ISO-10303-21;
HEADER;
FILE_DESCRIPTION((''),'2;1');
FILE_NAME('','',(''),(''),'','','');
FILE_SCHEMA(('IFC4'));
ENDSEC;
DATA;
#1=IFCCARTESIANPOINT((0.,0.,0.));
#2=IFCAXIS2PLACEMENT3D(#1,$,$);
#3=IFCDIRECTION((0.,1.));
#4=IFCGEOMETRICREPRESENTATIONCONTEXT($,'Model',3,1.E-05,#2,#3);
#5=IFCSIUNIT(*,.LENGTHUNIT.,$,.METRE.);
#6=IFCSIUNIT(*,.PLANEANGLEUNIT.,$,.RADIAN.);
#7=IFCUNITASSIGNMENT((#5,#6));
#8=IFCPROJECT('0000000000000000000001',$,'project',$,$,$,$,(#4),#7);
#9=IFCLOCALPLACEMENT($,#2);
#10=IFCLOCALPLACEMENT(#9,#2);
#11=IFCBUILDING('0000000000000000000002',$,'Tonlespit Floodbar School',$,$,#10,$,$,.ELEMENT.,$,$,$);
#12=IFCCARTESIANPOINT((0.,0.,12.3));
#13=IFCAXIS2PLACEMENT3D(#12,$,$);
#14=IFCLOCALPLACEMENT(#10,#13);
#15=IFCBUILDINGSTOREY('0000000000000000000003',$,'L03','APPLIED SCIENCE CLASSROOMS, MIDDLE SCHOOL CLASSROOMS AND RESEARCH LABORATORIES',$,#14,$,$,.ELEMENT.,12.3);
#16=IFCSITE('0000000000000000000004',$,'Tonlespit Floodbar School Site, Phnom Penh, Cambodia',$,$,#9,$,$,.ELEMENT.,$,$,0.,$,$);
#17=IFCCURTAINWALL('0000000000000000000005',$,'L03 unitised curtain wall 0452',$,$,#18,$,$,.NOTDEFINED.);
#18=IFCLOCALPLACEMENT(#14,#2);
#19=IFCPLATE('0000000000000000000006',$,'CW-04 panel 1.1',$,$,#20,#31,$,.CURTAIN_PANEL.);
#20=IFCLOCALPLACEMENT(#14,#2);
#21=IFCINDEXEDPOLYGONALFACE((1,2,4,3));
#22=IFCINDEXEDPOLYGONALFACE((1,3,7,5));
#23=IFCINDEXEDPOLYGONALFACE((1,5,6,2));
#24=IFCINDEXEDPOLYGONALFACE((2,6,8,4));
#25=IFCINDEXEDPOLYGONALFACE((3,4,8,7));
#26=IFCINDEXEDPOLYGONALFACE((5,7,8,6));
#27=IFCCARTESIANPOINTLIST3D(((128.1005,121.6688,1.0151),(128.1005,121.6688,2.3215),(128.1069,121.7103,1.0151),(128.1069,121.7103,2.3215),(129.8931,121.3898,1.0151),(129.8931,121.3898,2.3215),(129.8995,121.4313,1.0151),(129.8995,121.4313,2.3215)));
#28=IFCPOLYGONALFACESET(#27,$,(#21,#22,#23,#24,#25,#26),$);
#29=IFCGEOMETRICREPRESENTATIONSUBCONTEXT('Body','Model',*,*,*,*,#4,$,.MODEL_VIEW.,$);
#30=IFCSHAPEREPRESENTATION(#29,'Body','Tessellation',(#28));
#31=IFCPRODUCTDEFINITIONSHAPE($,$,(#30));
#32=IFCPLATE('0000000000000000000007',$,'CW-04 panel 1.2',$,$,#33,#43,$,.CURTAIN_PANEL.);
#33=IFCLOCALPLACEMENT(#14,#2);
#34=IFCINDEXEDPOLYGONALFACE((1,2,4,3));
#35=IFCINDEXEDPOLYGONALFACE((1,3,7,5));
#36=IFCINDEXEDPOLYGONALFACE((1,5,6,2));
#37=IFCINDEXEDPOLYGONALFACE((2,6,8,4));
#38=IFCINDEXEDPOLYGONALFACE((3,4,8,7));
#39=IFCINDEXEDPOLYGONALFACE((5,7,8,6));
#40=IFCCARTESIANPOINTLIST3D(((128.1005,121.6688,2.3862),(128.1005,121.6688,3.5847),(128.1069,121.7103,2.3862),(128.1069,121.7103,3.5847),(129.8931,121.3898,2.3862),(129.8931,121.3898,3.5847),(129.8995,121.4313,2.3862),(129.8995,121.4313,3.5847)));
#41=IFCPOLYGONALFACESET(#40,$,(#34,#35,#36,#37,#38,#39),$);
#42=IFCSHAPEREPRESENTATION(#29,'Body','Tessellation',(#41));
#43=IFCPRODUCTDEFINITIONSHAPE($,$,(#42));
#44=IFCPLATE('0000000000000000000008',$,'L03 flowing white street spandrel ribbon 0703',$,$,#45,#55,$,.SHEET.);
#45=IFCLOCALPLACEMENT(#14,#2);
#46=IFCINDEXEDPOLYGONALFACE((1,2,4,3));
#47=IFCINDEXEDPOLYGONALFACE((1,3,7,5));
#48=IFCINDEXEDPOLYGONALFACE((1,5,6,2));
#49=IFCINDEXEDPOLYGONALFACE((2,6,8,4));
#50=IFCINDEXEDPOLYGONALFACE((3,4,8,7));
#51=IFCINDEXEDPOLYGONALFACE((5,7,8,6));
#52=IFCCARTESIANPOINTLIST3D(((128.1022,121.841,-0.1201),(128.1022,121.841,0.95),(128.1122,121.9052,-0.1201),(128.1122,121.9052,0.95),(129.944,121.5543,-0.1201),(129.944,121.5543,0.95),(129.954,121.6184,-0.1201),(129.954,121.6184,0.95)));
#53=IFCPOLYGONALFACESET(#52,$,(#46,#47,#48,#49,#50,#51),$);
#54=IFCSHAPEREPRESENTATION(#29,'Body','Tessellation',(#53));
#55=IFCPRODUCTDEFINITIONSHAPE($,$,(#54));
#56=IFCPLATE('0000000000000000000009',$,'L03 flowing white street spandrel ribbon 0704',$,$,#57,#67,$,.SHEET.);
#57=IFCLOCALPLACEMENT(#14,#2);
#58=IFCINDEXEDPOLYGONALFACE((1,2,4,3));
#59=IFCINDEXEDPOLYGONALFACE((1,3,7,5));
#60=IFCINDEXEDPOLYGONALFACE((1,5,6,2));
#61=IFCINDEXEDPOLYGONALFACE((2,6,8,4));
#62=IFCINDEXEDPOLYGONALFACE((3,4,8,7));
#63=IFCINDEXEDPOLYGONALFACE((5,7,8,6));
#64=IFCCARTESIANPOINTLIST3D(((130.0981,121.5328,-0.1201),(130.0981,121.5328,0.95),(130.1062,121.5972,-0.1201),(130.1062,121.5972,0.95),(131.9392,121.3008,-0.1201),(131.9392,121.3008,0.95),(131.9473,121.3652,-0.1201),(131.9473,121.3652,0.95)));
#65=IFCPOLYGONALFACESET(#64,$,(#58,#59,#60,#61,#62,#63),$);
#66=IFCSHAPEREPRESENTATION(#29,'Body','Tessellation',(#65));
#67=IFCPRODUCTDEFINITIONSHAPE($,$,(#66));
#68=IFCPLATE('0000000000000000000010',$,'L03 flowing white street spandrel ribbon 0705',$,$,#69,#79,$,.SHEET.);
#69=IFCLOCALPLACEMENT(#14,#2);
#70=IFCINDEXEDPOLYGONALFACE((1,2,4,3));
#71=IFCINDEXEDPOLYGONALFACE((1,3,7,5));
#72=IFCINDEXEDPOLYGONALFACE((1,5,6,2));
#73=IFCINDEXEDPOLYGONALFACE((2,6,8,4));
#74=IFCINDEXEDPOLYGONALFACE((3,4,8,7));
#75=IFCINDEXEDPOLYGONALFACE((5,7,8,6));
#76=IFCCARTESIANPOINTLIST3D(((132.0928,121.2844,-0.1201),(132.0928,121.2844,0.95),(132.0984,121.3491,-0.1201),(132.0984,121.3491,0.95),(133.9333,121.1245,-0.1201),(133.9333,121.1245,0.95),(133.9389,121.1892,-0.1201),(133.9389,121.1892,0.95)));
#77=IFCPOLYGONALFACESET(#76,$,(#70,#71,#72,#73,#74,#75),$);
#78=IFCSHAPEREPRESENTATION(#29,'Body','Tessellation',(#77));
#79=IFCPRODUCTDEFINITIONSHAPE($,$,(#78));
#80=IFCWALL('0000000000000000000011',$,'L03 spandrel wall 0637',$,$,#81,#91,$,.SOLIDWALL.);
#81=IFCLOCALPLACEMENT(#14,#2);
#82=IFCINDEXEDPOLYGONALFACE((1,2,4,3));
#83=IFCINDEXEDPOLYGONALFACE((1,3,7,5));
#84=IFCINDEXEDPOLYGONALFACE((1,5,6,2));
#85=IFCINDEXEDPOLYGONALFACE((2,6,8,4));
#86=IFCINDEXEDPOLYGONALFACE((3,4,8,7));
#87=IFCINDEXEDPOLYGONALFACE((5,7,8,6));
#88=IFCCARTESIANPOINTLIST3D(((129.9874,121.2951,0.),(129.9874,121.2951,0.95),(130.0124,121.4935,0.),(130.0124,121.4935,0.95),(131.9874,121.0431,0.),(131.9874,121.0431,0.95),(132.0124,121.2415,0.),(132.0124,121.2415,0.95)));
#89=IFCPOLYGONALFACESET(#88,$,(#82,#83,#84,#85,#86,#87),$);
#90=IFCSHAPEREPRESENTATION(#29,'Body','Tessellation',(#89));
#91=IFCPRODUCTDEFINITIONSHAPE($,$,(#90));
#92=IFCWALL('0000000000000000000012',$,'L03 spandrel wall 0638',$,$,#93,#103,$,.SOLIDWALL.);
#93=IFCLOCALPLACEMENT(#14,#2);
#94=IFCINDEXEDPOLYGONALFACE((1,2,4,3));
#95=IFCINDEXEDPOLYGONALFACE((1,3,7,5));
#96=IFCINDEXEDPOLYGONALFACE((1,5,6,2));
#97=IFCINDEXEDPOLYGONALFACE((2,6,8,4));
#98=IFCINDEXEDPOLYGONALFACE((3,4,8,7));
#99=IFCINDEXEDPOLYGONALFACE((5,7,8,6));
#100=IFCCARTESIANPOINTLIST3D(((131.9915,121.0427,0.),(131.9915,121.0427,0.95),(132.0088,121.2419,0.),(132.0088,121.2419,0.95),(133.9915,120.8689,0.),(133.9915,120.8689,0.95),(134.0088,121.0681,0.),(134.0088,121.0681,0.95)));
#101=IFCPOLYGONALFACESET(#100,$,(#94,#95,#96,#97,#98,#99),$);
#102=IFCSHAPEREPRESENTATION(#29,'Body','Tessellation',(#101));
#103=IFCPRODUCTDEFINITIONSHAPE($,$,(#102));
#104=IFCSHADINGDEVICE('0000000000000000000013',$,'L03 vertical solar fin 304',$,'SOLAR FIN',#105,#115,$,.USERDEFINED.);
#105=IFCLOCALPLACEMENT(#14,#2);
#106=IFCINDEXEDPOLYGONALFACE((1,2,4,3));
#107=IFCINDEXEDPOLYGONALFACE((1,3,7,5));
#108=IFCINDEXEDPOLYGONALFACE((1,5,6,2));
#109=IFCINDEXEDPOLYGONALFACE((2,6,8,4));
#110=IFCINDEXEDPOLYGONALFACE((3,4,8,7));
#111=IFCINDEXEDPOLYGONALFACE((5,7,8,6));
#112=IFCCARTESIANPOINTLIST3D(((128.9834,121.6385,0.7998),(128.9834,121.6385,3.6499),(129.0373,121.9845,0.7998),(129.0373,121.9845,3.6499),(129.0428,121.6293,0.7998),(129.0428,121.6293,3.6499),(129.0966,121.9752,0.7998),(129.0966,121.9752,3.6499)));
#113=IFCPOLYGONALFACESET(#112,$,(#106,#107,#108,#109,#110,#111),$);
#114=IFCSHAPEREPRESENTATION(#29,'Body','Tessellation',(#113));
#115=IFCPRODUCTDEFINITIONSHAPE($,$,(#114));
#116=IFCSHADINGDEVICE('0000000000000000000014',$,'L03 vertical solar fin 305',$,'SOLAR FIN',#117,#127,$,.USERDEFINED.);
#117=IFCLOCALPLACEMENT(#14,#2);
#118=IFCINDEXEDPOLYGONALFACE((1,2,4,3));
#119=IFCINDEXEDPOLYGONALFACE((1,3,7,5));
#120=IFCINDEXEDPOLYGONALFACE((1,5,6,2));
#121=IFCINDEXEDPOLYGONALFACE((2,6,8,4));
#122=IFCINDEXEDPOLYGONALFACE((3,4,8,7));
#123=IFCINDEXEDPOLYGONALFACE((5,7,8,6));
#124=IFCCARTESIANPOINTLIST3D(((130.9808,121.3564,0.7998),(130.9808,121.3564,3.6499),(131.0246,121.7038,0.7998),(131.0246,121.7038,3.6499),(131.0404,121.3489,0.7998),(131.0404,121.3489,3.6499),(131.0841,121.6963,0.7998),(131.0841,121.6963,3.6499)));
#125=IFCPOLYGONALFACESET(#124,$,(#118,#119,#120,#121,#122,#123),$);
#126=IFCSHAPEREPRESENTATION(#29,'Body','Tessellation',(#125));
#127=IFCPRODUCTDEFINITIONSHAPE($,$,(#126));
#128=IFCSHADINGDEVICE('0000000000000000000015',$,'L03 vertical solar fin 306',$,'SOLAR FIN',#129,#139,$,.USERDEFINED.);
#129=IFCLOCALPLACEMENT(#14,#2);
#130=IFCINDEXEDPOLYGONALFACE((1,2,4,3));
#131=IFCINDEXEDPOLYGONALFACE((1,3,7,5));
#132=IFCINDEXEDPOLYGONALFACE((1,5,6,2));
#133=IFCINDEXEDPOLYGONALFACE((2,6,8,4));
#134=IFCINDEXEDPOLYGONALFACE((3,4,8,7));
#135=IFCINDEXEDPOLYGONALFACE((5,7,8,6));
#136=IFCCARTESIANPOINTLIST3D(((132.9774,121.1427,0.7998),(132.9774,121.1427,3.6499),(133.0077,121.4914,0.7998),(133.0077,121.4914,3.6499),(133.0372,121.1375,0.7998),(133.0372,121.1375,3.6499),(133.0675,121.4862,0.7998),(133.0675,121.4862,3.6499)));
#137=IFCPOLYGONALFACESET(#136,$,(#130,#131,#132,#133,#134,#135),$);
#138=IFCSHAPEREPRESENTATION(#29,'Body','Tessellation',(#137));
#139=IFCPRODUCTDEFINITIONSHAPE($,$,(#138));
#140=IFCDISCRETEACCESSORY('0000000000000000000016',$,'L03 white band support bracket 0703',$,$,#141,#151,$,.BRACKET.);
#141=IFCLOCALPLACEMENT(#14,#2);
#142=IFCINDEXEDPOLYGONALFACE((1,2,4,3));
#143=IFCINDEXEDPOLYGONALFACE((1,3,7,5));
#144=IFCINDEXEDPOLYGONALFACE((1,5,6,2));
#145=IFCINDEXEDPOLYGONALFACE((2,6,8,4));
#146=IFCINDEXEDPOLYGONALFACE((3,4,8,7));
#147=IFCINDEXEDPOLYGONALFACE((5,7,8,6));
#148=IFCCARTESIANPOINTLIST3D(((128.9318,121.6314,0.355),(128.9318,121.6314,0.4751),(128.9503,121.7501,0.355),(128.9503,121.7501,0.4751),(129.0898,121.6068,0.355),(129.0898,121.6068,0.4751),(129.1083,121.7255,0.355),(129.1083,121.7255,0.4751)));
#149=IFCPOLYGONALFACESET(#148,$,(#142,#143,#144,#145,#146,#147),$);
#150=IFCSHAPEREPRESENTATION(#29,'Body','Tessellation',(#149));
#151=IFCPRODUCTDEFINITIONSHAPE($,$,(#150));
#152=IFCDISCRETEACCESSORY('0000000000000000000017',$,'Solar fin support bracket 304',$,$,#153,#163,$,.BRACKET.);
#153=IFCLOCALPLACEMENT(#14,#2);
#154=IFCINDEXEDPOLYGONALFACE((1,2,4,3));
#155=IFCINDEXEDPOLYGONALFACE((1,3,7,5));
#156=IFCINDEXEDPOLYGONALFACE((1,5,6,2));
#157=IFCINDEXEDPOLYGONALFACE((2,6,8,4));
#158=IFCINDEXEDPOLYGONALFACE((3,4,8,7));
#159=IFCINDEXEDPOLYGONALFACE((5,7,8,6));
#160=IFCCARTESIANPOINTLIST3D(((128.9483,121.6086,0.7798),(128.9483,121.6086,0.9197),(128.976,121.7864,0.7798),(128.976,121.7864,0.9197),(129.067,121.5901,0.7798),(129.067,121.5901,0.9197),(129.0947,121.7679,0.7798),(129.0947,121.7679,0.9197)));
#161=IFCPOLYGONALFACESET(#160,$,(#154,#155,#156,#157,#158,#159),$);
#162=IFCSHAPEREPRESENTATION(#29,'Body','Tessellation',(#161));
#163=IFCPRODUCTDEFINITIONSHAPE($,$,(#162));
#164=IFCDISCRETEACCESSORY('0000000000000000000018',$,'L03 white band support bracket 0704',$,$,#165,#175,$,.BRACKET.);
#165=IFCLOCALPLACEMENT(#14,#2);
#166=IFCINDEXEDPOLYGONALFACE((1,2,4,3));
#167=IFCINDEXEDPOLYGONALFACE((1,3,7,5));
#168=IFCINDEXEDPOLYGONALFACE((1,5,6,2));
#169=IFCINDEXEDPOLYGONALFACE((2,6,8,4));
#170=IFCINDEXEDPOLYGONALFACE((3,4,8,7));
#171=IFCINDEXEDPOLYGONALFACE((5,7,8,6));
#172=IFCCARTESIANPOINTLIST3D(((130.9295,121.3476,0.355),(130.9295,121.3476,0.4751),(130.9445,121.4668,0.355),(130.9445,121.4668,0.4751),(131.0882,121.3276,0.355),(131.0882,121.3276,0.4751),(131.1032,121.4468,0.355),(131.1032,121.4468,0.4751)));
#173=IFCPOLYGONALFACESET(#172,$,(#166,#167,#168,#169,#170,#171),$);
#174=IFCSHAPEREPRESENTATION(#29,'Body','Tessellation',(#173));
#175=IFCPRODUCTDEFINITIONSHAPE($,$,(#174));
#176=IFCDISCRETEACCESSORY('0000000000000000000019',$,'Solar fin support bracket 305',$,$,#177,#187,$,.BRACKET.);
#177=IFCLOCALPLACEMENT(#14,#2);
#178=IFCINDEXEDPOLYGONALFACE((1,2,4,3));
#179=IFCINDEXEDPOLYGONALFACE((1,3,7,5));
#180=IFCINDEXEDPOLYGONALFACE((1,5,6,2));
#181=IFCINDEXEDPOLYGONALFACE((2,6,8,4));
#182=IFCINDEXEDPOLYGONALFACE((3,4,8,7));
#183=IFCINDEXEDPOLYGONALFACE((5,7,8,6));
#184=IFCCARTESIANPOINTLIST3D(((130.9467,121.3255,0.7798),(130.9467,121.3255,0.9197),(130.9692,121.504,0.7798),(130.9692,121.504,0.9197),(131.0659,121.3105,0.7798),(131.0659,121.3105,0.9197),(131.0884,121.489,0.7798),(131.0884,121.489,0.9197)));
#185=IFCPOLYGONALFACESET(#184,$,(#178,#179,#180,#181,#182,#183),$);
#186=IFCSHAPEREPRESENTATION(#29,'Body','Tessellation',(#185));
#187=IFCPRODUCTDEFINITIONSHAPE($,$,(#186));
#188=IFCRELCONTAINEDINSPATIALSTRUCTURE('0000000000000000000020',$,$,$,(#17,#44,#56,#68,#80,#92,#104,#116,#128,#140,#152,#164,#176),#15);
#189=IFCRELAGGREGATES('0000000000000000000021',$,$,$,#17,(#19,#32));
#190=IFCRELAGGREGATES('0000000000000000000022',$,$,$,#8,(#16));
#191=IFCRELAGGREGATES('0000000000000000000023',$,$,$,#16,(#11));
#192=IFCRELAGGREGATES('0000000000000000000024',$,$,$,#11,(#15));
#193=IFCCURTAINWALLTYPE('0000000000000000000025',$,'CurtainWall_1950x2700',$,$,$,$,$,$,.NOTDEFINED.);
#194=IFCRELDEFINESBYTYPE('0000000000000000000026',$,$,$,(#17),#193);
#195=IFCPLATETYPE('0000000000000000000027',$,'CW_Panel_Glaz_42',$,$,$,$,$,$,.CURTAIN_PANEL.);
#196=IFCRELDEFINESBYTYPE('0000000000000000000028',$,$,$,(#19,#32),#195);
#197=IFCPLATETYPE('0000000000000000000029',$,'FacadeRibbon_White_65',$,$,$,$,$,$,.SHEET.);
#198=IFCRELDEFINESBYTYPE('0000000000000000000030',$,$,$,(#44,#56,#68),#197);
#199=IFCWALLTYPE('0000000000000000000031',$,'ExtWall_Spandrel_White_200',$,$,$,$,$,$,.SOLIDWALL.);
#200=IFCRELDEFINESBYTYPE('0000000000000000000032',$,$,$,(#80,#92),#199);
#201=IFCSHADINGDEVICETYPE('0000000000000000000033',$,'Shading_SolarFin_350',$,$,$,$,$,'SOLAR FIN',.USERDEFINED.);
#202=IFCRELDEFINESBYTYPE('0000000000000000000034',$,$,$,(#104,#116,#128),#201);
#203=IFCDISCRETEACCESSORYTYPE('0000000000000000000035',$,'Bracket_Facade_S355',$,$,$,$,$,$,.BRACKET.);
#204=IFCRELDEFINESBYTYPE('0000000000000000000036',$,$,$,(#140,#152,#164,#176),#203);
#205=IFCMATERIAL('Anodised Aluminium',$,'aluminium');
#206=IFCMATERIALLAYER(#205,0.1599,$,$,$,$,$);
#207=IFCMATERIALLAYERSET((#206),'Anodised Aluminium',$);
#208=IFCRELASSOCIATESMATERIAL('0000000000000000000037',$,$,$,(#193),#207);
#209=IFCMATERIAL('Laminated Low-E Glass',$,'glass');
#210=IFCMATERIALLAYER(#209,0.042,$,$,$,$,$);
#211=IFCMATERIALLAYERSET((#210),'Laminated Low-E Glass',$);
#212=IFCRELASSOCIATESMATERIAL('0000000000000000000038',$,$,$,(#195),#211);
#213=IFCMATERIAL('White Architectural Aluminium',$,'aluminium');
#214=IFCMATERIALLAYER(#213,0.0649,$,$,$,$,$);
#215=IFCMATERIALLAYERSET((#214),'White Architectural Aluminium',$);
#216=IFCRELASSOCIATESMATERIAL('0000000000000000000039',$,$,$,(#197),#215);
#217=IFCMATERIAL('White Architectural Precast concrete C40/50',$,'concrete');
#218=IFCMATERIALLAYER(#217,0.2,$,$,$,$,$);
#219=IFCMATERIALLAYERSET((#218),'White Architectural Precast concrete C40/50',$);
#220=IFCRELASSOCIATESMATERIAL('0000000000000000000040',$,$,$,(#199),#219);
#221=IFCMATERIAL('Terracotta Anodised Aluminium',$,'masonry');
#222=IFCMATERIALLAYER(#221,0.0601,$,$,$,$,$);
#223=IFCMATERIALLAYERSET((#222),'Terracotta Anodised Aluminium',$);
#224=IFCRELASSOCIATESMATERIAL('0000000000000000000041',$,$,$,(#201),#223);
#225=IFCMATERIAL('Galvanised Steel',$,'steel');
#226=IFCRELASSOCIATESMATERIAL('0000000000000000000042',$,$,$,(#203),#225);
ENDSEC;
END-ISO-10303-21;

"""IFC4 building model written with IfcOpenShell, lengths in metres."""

from ifc_helpers import new_model, si_unit, direction, frame, frame_2d, origin, origin_2d, place, context, subcontext, project, spatial, rectangle, extrude, material, layer, layer_set, type_object, element, aggregate, save


model = new_model("IFC4")

# Units and contexts
model_context = context("Model", 3, precision=1e-05, world=origin(), true_north=direction((0.0, 1.0)))
body_context = subcontext(model_context, "Body", "Model", "MODEL_VIEW")
ifc_project = project(units=[si_unit("LENGTHUNIT", "METRE"), si_unit("PLANEANGLEUNIT", "RADIAN")], contexts=[model_context])

# Site, building, storey
site_placement = place(None, origin())
site = spatial("IfcSite", under=ifc_project, at=site_placement, Name="Tonlespit Floodbar School Site, Phnom Penh, Cambodia", CompositionType="ELEMENT", RefElevation=0.0)
building_placement = place(site_placement, origin())
building = spatial("IfcBuilding", under=site, at=building_placement, Name="Tonlespit Floodbar School", CompositionType="ELEMENT")
storey_placement = place(building_placement, frame((0.0, 0.0, 12.3)))
storey = spatial("IfcBuildingStorey", under=building, at=storey_placement, Name="L03", Description="APPLIED SCIENCE CLASSROOMS, MIDDLE SCHOOL CLASSROOMS AND RESEARCH LABORATORIES", CompositionType="ELEMENT", Elevation=12.3)

# Curtain wall
ifc_material_1 = material(Name="Anodised Aluminium", Category="aluminium")
ifc_layer_1 = layer(ifc_material_1, 0.1599)
ifc_layer_set_1 = layer_set([ifc_layer_1], Name="Anodised Aluminium")
curtain_wall_type = type_object("IfcCurtainWallType", Name="CurtainWall_1950x2700", PredefinedType="NOTDEFINED", material=ifc_layer_set_1)
curtain_wall_1_placement = place(storey_placement, origin())
curtain_wall_1 = element("IfcCurtainWall", 1, at=curtain_wall_1_placement, inside=storey, type_object=curtain_wall_type, Name="L03 unitised curtain wall 0452", PredefinedType="NOTDEFINED")

# Plates
ifc_material_2 = material(Name="Laminated Low-E Glass", Category="glass")
ifc_layer_2 = layer(ifc_material_2, 0.042)
ifc_layer_set_2 = layer_set([ifc_layer_2], Name="Laminated Low-E Glass")
plate_type_1 = type_object("IfcPlateType", Name="CW_Panel_Glaz_42", PredefinedType="CURTAIN_PANEL", material=ifc_layer_set_2)
plate_1_placement = place(storey_placement, frame((129.0, 121.55, 1.0151), z_axis=(0.0, 0.0, 1.0), x_axis=(0.988103, -0.153796, 0.0)))
plate_1 = element("IfcPlate", 2, at=plate_1_placement, type_object=plate_type_1, Name="CW-04 panel 1.1", PredefinedType="CURTAIN_PANEL", context=body_context, shape_type="SweptSolid", body=[
    extrude(rectangle(XDim=1.8142, YDim=0.042, at=origin_2d()), origin(), (0.0, 0.0, 1.0), 1.3064),
])
plate_2_placement = place(storey_placement, frame((129.0, 121.55, 2.3862), z_axis=(0.0, 0.0, 1.0), x_axis=(0.988103, -0.153796, 0.0)))
plate_2 = element("IfcPlate", 3, at=plate_2_placement, type_object=plate_type_1, Name="CW-04 panel 1.2", PredefinedType="CURTAIN_PANEL", context=body_context, shape_type="SweptSolid", body=[
    extrude(rectangle(XDim=1.8142, YDim=0.042, at=origin_2d()), origin(), (0.0, 0.0, 1.0), 1.1985),
])
aggregate(curtain_wall_1, [plate_1, plate_2])

# Plates
ifc_material_3 = material(Name="White Architectural Aluminium", Category="aluminium")
ifc_layer_3 = layer(ifc_material_3, 0.0649)
ifc_layer_set_3 = layer_set([ifc_layer_3], Name="White Architectural Aluminium")
plate_type_2 = type_object("IfcPlateType", Name="FacadeRibbon_White_65", PredefinedType="SHEET", material=ifc_layer_set_3)
plate_3_placement = place(storey_placement, frame((129.0281, 121.7297, -0.1201), z_axis=(0.0, 0.0, 1.0), x_axis=(0.988095, -0.153846, 0.0)))
element("IfcPlate", 4, at=plate_3_placement, inside=storey, type_object=plate_type_2, Name="L03 flowing white street spandrel ribbon 0703", PredefinedType="SHEET", context=body_context, shape_type="SweptSolid", body=[
    extrude(rectangle(XDim=1.864, YDim=0.0649, at=origin_2d()), origin(), (0.0, 0.0, 1.0), 1.0701),
])
plate_4_placement = place(storey_placement, frame((131.0227, 121.449, -0.1201), z_axis=(0.0, 0.0, 1.0), x_axis=(0.992155, -0.125011, 0.0)))
element("IfcPlate", 5, at=plate_4_placement, inside=storey, type_object=plate_type_2, Name="L03 flowing white street spandrel ribbon 0704", PredefinedType="SHEET", context=body_context, shape_type="SweptSolid", body=[
    extrude(rectangle(XDim=1.8557, YDim=0.0649, at=origin_2d()), origin(), (0.0, 0.0, 1.0), 1.0701),
])
plate_5_placement = place(storey_placement, frame((133.0159, 121.2368, -0.1201), z_axis=(0.0, 0.0, 1.0), x_axis=(0.996245, -0.086573, 0.0)))
element("IfcPlate", 6, at=plate_5_placement, inside=storey, type_object=plate_type_2, Name="L03 flowing white street spandrel ribbon 0705", PredefinedType="SHEET", context=body_context, shape_type="SweptSolid", body=[
    extrude(rectangle(XDim=1.8474, YDim=0.0649, at=origin_2d()), origin(), (0.0, 0.0, 1.0), 1.0701),
])

# Walls
ifc_material_4 = material(Name="White Architectural Precast concrete C40/50", Category="concrete")
ifc_layer_4 = layer(ifc_material_4, 0.2)
ifc_layer_set_4 = layer_set([ifc_layer_4], Name="White Architectural Precast concrete C40/50")
wall_type = type_object("IfcWallType", Name="ExtWall_Spandrel_White_200", PredefinedType="SOLIDWALL", material=ifc_layer_set_4)
wall_1_placement = place(storey_placement, frame((130.0, 121.3943, 0.0), z_axis=(0.0, 0.0, 1.0), x_axis=(0.992158, -0.124989, 0.0)))
element("IfcWall", 7, at=wall_1_placement, inside=storey, type_object=wall_type, Name="L03 spandrel wall 0637", PredefinedType="SOLIDWALL", context=body_context, shape_type="SweptSolid", body=[
    extrude(rectangle(XDim=2.0159, YDim=0.2, at=frame_2d((1.0078, 0.0))), origin(), (0.0, 0.0, 1.0), 0.95),
])
wall_2_placement = place(storey_placement, frame((132.0, 121.1423, 0.0), z_axis=(0.0, 0.0, 1.0), x_axis=(0.996244, -0.086588, 0.0)))
element("IfcWall", 8, at=wall_2_placement, inside=storey, type_object=wall_type, Name="L03 spandrel wall 0638", PredefinedType="SOLIDWALL", context=body_context, shape_type="SweptSolid", body=[
    extrude(rectangle(XDim=2.0076, YDim=0.2, at=frame_2d((1.0039, 0.0))), origin(), (0.0, 0.0, 1.0), 0.95),
])

# Shading devices
ifc_material_5 = material(Name="Terracotta Anodised Aluminium", Category="masonry")
ifc_layer_5 = layer(ifc_material_5, 0.0601)
ifc_layer_set_5 = layer_set([ifc_layer_5], Name="Terracotta Anodised Aluminium")
shading_device_type = type_object("IfcShadingDeviceType", Name="Shading_SolarFin_350", ElementType="SOLAR FIN", PredefinedType="USERDEFINED", material=ifc_layer_set_5)
for number, where, z_axis, x_axis, name in (
    (9, (129.04, 121.8069, 0.7998), (0.0, 0.0, 1.0), (0.988095, -0.153846, 0.0), "L03 vertical solar fin 304"),
    (10, (131.0325, 121.5264, 0.7998), (0.0, 0.0, 1.0), (0.992155, -0.125011, 0.0), "L03 vertical solar fin 305"),
    (11, (133.0225, 121.3145, 0.7998), (0.0, 0.0, 1.0), (0.996245, -0.086573, 0.0), "L03 vertical solar fin 306"),
):
    element("IfcShadingDevice", number, at=place(storey_placement, frame(where, z_axis=z_axis, x_axis=x_axis)), inside=storey, type_object=shading_device_type, Name=name, ObjectType="SOLAR FIN", PredefinedType="USERDEFINED", context=body_context, shape_type="SweptSolid", body=[
        extrude(rectangle(XDim=0.0601, YDim=0.3501, at=origin_2d()), origin(), (0.0, 0.0, 1.0), 2.8501),
    ])

# Discrete accessories
ifc_material_6 = material(Name="Galvanised Steel", Category="steel")
discrete_accessory_type = type_object("IfcDiscreteAccessoryType", Name="Bracket_Facade_S355", PredefinedType="BRACKET", material=ifc_material_6)
discrete_accessory_1_placement = place(storey_placement, frame((129.02, 121.6785, 0.355), z_axis=(0.0, 0.0, 1.0), x_axis=(0.988095, -0.153846, 0.0)))
element("IfcDiscreteAccessory", 12, at=discrete_accessory_1_placement, inside=storey, type_object=discrete_accessory_type, Name="L03 white band support bracket 0703", PredefinedType="BRACKET", context=body_context, shape_type="SweptSolid", body=[
    extrude(rectangle(XDim=0.1599, YDim=0.1201, at=origin_2d()), origin(), (0.0, 0.0, 1.0), 0.1201),
])
discrete_accessory_2_placement = place(storey_placement, frame((129.0215, 121.6882, 0.7798), z_axis=(0.0, 0.0, 1.0), x_axis=(0.988095, -0.153846, 0.0)))
element("IfcDiscreteAccessory", 13, at=discrete_accessory_2_placement, inside=storey, type_object=discrete_accessory_type, Name="Solar fin support bracket 304", PredefinedType="BRACKET", context=body_context, shape_type="SweptSolid", body=[
    extrude(rectangle(XDim=0.1201, YDim=0.1799, at=origin_2d()), origin(), (0.0, 0.0, 1.0), 0.1399),
])
discrete_accessory_3_placement = place(storey_placement, frame((131.0164, 121.3972, 0.355), z_axis=(0.0, 0.0, 1.0), x_axis=(0.992155, -0.125011, 0.0)))
element("IfcDiscreteAccessory", 14, at=discrete_accessory_3_placement, inside=storey, type_object=discrete_accessory_type, Name="L03 white band support bracket 0704", PredefinedType="BRACKET", context=body_context, shape_type="SweptSolid", body=[
    extrude(rectangle(XDim=0.1599, YDim=0.1201, at=origin_2d()), origin(), (0.0, 0.0, 1.0), 0.1201),
])
discrete_accessory_4_placement = place(storey_placement, frame((131.0176, 121.4072, 0.7798), z_axis=(0.0, 0.0, 1.0), x_axis=(0.992155, -0.125011, 0.0)))
element("IfcDiscreteAccessory", 15, at=discrete_accessory_4_placement, inside=storey, type_object=discrete_accessory_type, Name="Solar fin support bracket 305", PredefinedType="BRACKET", context=body_context, shape_type="SweptSolid", body=[
    extrude(rectangle(XDim=0.1201, YDim=0.1799, at=origin_2d()), origin(), (0.0, 0.0, 1.0), 0.1399),
])

save(model, "model.ifc")
